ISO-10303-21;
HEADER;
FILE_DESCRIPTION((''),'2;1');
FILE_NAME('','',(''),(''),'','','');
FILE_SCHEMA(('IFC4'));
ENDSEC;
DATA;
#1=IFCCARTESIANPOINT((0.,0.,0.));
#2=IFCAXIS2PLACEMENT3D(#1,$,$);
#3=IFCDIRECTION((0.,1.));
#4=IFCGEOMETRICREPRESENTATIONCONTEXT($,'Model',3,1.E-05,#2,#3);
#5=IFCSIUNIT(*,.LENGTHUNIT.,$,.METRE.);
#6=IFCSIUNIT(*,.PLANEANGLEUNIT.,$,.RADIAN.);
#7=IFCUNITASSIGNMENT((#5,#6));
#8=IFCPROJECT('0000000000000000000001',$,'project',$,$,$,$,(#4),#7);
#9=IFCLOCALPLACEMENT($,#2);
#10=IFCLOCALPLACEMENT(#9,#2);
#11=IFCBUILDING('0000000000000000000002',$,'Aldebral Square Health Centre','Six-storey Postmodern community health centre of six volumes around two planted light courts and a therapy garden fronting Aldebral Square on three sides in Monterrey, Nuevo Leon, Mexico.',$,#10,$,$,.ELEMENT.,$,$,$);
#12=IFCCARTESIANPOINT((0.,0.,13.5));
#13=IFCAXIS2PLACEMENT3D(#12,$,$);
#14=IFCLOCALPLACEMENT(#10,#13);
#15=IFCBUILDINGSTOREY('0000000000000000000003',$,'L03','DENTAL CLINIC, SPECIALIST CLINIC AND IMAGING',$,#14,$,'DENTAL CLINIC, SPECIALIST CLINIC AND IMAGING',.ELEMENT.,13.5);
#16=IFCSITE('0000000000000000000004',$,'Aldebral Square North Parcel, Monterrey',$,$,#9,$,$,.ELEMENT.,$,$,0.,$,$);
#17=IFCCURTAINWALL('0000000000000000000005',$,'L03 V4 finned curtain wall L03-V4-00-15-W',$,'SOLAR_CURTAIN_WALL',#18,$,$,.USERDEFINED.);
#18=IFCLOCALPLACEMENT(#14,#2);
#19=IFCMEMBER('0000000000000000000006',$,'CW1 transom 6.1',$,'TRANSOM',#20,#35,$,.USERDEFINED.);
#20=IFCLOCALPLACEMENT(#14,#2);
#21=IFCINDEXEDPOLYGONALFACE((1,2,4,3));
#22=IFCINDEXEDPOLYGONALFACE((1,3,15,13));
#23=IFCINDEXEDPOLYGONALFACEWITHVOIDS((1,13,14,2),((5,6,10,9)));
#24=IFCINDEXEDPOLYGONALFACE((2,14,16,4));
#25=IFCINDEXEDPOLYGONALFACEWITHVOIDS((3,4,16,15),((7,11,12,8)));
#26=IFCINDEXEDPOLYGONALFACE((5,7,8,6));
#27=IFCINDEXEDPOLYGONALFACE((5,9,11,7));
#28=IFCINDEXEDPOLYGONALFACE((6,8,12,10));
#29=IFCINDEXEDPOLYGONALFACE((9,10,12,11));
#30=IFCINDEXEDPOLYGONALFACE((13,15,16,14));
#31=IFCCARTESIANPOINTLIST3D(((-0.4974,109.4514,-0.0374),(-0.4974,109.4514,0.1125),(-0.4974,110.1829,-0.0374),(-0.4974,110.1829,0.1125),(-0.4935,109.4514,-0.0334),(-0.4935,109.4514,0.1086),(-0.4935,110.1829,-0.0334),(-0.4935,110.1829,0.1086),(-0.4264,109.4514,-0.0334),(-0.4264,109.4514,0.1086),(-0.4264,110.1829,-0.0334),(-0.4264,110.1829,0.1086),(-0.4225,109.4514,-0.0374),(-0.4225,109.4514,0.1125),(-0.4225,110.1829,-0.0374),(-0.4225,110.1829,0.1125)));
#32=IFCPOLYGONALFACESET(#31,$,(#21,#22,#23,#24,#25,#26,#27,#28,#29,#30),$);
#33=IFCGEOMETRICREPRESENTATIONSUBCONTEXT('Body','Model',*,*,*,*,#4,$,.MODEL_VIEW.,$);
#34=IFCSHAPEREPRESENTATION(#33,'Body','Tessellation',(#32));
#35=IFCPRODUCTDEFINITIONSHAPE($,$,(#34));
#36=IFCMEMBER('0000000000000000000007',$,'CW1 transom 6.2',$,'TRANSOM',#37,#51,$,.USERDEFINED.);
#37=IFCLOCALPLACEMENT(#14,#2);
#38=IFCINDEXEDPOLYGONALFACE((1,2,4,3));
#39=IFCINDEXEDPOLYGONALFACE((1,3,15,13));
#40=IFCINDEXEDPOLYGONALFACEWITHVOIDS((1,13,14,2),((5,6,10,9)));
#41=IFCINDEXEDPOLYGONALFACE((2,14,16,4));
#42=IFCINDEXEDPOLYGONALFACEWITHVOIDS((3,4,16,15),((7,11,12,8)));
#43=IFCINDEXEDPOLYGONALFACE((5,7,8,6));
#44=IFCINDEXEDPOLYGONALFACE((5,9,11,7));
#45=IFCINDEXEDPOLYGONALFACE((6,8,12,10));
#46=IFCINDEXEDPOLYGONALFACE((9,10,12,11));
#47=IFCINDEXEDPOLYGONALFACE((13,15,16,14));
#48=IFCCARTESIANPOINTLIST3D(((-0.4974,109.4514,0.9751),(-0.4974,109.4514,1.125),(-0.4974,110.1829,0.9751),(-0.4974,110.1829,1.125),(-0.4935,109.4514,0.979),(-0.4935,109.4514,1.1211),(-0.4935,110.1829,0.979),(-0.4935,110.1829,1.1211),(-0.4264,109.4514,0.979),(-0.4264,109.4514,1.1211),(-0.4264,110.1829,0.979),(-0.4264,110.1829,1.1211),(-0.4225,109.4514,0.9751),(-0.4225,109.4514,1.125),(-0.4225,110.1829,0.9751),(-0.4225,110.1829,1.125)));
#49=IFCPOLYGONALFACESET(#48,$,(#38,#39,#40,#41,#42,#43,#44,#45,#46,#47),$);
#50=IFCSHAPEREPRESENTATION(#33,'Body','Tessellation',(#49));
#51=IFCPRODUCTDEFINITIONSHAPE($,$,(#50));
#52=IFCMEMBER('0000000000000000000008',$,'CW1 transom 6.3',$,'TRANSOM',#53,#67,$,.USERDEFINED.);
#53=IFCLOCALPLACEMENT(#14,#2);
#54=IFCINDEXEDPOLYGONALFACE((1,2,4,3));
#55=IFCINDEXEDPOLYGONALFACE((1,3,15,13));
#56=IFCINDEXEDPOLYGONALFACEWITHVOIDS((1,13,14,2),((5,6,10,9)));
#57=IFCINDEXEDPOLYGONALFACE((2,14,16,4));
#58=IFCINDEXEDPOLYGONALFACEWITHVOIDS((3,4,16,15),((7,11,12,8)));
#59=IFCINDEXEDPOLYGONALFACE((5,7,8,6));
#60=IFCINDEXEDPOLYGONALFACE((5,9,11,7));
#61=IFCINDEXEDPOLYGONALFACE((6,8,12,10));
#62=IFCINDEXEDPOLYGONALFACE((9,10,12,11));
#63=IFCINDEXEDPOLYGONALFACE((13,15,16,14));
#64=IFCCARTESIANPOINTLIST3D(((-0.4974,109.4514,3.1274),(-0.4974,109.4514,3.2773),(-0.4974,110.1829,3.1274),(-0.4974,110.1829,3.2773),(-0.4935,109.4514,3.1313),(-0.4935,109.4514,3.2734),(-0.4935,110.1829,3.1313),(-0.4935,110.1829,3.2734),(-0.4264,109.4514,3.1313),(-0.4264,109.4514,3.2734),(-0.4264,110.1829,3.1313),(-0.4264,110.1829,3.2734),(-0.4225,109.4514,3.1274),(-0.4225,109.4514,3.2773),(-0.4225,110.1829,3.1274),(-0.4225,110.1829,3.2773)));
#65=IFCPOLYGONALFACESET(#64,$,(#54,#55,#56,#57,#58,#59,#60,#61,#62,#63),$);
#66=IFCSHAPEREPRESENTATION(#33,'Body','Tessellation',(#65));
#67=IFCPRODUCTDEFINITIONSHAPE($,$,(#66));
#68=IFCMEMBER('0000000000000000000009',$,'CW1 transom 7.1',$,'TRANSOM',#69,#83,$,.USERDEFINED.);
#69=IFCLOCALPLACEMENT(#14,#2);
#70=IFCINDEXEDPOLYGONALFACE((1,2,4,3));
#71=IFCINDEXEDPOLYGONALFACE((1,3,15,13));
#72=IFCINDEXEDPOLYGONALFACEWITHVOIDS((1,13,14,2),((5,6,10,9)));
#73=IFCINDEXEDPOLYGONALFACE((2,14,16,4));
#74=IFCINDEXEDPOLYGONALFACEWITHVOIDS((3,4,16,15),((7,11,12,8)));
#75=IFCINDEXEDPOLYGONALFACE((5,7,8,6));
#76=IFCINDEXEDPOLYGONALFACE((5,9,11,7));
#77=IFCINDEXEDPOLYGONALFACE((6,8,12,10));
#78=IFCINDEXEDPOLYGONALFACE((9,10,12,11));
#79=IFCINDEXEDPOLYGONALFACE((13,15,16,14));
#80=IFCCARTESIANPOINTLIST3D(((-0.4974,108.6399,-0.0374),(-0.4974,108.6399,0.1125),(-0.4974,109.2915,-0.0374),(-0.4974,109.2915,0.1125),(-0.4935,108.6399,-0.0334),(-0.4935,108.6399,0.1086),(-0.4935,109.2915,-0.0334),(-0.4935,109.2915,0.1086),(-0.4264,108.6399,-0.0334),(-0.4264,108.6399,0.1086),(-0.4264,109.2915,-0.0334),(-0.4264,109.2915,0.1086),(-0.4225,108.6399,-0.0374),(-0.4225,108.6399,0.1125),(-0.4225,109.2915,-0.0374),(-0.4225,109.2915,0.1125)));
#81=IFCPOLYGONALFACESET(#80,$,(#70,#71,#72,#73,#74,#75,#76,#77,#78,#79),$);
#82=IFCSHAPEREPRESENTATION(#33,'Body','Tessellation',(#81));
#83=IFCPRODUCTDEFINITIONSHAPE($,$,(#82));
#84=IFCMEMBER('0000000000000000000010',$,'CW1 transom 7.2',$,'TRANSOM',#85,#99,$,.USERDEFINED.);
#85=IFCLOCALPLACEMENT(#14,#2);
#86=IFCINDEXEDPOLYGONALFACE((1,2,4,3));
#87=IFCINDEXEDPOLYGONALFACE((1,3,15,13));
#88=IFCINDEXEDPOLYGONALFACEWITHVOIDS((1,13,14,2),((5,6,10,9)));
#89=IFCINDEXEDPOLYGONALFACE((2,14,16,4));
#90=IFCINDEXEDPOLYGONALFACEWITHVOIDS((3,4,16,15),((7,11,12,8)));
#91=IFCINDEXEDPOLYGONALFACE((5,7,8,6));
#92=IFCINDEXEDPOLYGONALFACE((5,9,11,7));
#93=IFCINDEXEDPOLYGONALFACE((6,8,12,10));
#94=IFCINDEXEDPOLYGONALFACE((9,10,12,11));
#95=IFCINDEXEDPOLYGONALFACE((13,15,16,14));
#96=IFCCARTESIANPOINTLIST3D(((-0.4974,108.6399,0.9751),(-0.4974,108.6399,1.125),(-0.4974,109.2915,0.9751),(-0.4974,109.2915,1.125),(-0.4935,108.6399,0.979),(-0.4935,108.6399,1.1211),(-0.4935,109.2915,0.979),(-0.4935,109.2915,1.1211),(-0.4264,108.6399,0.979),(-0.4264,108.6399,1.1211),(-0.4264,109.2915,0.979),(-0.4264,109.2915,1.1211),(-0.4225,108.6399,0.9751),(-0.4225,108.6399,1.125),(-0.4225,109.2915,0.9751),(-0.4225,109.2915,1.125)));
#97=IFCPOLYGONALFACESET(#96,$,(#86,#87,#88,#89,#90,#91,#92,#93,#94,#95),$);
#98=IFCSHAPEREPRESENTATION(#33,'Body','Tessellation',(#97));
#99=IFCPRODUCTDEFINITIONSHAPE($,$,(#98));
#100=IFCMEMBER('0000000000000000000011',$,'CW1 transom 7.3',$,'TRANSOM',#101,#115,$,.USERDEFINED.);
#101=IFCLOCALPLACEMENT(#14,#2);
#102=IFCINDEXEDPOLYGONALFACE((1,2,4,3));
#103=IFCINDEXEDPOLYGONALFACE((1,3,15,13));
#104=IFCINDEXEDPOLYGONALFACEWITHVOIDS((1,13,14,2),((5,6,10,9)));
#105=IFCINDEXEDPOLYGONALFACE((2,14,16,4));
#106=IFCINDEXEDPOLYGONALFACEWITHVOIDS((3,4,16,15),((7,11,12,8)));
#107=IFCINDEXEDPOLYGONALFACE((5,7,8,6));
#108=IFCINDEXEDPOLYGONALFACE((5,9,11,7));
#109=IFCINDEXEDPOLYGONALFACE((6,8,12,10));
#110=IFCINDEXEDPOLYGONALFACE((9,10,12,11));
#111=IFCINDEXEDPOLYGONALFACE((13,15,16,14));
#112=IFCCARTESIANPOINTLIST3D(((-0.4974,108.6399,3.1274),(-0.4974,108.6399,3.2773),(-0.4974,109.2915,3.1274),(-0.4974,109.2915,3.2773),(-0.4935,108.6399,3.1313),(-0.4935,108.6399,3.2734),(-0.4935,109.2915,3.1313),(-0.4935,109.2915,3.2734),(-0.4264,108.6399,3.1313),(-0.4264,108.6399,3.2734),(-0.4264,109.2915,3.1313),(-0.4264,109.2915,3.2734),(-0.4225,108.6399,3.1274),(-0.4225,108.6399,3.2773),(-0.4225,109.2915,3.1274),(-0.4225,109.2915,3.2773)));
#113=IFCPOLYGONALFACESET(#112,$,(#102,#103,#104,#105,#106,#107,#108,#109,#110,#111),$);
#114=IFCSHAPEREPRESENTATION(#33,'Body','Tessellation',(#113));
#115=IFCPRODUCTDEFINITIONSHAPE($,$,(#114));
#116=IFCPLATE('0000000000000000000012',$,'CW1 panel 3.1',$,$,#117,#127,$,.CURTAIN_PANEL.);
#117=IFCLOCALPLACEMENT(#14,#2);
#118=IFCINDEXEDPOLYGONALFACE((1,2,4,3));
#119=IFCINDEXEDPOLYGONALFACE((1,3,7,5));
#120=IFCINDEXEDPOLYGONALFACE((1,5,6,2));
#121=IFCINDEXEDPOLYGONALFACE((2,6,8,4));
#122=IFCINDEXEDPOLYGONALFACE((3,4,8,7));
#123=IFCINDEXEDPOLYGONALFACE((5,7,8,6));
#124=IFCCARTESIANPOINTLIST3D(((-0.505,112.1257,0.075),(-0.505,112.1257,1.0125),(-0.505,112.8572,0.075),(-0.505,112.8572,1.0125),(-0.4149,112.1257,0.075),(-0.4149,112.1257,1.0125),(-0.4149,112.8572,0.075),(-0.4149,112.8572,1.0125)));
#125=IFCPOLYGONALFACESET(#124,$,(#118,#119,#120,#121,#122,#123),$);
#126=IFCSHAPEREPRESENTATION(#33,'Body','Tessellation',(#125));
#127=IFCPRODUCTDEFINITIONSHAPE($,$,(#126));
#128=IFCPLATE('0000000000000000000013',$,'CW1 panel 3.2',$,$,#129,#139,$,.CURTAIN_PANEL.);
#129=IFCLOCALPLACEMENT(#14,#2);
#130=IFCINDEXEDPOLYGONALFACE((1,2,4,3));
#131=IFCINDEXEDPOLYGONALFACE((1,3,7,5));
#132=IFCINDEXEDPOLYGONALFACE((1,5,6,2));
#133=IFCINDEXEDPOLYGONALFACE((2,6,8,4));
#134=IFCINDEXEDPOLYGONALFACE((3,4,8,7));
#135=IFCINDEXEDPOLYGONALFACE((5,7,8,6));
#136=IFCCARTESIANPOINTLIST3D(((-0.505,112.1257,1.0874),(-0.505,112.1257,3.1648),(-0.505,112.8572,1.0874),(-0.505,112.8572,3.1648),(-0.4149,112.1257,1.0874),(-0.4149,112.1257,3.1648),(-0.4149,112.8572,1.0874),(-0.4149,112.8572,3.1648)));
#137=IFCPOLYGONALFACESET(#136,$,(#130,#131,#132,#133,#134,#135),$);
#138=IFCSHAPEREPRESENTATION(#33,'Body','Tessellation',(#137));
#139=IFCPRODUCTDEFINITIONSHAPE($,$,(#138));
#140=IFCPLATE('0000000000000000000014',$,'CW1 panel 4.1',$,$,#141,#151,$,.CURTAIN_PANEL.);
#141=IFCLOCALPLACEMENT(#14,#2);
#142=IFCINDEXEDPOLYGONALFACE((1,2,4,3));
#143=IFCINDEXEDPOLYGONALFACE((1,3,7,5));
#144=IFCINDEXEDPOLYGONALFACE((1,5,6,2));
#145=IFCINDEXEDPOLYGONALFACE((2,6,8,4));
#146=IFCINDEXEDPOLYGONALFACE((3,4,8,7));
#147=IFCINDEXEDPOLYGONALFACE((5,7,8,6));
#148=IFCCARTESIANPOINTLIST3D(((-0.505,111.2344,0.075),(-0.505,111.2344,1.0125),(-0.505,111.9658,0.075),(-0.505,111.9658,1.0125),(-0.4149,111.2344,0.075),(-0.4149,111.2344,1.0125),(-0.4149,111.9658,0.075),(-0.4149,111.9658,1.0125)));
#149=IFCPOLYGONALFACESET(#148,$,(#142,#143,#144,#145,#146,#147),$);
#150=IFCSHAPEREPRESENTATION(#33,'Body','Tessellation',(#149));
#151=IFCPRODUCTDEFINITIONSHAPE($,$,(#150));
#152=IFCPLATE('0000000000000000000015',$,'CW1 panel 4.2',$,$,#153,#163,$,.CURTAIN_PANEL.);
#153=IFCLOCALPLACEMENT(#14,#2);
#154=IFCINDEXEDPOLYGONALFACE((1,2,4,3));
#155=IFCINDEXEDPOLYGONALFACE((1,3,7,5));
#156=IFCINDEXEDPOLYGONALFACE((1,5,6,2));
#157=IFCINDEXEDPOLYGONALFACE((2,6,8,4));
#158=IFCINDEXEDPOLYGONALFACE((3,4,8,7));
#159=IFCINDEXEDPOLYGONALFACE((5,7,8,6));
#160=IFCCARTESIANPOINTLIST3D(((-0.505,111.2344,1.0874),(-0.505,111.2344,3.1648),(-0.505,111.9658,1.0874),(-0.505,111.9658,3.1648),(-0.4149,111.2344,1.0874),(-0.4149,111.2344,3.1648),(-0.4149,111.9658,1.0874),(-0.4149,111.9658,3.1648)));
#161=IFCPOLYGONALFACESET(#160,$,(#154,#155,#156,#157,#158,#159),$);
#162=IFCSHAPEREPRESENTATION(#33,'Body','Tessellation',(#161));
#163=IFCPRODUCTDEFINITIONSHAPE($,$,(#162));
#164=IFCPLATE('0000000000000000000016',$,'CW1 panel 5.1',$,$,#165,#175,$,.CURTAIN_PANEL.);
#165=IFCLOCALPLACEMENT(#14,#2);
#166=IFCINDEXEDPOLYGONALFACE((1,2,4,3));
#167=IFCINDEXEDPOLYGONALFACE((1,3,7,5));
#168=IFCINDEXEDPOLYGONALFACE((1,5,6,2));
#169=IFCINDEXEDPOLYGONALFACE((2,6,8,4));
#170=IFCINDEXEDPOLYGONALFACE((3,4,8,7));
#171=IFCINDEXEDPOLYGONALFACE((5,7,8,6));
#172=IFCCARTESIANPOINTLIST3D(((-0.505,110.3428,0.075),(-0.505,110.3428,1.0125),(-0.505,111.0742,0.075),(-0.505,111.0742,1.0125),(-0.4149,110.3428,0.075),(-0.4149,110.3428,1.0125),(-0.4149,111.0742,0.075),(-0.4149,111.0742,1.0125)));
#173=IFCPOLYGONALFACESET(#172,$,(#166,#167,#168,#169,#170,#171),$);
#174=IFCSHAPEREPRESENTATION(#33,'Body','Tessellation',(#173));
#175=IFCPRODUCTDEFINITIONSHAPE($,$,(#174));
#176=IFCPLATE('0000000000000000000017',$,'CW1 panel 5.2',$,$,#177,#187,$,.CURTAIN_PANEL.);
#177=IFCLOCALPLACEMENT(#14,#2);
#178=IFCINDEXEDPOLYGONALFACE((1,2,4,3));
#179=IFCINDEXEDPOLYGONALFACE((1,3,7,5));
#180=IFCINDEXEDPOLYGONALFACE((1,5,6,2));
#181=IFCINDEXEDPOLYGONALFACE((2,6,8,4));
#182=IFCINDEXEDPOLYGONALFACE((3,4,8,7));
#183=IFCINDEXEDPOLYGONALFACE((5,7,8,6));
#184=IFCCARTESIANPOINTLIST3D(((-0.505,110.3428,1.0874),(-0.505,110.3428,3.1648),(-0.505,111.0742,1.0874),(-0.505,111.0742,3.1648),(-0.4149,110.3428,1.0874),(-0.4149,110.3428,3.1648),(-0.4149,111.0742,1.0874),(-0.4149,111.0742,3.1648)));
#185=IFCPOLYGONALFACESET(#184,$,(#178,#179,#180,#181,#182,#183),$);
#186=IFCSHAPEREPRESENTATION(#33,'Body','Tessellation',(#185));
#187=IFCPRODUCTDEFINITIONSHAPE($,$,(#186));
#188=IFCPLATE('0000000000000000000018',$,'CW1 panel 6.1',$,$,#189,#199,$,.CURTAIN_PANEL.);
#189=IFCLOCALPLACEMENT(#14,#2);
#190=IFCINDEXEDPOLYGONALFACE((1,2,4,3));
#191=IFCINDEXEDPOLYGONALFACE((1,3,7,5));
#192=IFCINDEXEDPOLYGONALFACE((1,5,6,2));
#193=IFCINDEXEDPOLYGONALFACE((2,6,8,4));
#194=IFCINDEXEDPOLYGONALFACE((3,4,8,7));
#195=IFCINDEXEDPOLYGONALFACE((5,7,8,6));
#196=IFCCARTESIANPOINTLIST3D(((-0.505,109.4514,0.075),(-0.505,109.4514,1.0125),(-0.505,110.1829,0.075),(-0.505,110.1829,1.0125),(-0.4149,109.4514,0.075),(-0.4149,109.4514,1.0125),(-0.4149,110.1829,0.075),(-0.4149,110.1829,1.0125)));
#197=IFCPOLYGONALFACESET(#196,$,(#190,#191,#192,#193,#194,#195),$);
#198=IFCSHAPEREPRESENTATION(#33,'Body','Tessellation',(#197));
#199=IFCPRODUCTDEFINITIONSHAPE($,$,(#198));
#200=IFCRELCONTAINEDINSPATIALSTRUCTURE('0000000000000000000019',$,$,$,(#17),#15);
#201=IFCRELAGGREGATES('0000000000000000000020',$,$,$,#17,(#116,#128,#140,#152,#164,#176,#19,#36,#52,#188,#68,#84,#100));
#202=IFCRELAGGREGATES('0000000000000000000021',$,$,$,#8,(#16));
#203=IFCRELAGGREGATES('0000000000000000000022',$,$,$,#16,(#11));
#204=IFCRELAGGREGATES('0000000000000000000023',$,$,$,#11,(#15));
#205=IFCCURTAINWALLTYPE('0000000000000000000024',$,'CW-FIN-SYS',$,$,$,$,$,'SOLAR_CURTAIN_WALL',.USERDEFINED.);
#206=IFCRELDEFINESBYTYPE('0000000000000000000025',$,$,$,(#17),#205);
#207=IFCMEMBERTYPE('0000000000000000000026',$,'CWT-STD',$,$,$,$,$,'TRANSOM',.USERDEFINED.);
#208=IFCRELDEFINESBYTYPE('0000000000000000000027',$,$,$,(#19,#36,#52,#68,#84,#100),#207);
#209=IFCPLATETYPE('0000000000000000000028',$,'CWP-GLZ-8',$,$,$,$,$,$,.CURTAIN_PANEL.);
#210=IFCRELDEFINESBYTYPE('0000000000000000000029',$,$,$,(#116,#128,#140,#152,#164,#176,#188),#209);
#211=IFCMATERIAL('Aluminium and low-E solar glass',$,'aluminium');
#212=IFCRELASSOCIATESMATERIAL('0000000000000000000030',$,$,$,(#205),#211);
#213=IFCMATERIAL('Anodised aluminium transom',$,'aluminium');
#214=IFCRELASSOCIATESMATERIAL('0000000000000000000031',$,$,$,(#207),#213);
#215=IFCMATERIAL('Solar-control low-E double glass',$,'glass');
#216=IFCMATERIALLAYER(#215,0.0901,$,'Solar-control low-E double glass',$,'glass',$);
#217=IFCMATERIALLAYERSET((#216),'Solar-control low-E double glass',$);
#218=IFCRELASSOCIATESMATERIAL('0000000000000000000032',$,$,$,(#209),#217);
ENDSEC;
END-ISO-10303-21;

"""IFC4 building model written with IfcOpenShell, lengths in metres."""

from ifc_helpers import new_model, si_unit, direction, frame, origin, origin_2d, place, context, subcontext, project, spatial, rectangle, hollow_rectangle, extrude, material, layer, layer_set, material_profile, profile_set, type_object, element, aggregate, save


model = new_model("IFC4")

# Units and contexts
model_context = context("Model", 3, precision=1e-05, world=origin(), true_north=direction((0.0, 1.0)))
body_context = subcontext(model_context, "Body", "Model", "MODEL_VIEW")
ifc_project = project(units=[si_unit("LENGTHUNIT", "METRE"), si_unit("PLANEANGLEUNIT", "RADIAN")], contexts=[model_context])

# Site, building, storey
site_placement = place(None, origin())
site = spatial("IfcSite", under=ifc_project, at=site_placement, Name="Aldebral Square North Parcel, Monterrey", CompositionType="ELEMENT", RefElevation=0.0)
building_placement = place(site_placement, origin())
building = spatial("IfcBuilding", under=site, at=building_placement, Name="Aldebral Square Health Centre", Description="Six-storey Postmodern community health centre of six volumes around two planted light courts and a therapy garden fronting Aldebral Square on three sides in Monterrey, Nuevo Leon, Mexico.", CompositionType="ELEMENT")
storey_placement = place(building_placement, frame((0.0, 0.0, 13.5)))
storey = spatial("IfcBuildingStorey", under=building, at=storey_placement, Name="L03", Description="DENTAL CLINIC, SPECIALIST CLINIC AND IMAGING", LongName="DENTAL CLINIC, SPECIALIST CLINIC AND IMAGING", CompositionType="ELEMENT", Elevation=13.5)

# Curtain wall, members, plates
ifc_material_1 = material(Name="Aluminium and low-E solar glass", Category="aluminium")
curtain_wall_type = type_object("IfcCurtainWallType", Name="CW-FIN-SYS", ElementType="SOLAR_CURTAIN_WALL", PredefinedType="USERDEFINED", material=ifc_material_1)
curtain_wall_placement = place(storey_placement, origin())
curtain_wall = element("IfcCurtainWall", 1, at=curtain_wall_placement, inside=storey, type_object=curtain_wall_type, Name="L03 V4 finned curtain wall L03-V4-00-15-W", ObjectType="SOLAR_CURTAIN_WALL", PredefinedType="USERDEFINED")
ifc_material_2 = material(Name="Anodised aluminium transom", Category="aluminium")
ifc_material_profile_1 = material_profile(ifc_material_2, hollow_rectangle(XDim=0.075, YDim=0.1499, WallThickness=0.0039, at=origin_2d()), Name="CWT 75x150x4")
ifc_profile_set_1 = profile_set([ifc_material_profile_1], Name="Anodised aluminium transom")
member_type_1 = type_object("IfcMemberType", Name="CWT-STD", ElementType="TRANSOM", PredefinedType="USERDEFINED", material=ifc_profile_set_1)
member_1_placement = place(storey_placement, frame((-0.46, 110.1829, 0.0376), z_axis=(0.0, -1.0, 0.0), x_axis=(1.0, 0.0, 0.0)))
member_1 = element("IfcMember", 2, at=member_1_placement, type_object=member_type_1, Name="CW1 transom 6.1", ObjectType="TRANSOM", PredefinedType="USERDEFINED", context=body_context, shape_type="SweptSolid", body=[
    extrude(hollow_rectangle(XDim=0.075, YDim=0.1499, WallThickness=0.0039, at=origin_2d()), origin(), (0.0, 0.0, 1.0), 0.7314),
])
member_2_placement = place(storey_placement, frame((-0.46, 110.1829, 1.05), z_axis=(0.0, -1.0, 0.0), x_axis=(1.0, 0.0, 0.0)))
member_2 = element("IfcMember", 3, at=member_2_placement, type_object=member_type_1, Name="CW1 transom 6.2", ObjectType="TRANSOM", PredefinedType="USERDEFINED", context=body_context, shape_type="SweptSolid", body=[
    extrude(hollow_rectangle(XDim=0.075, YDim=0.1499, WallThickness=0.0039, at=origin_2d()), origin(), (0.0, 0.0, 1.0), 0.7314),
])
member_3_placement = place(storey_placement, frame((-0.46, 110.1829, 3.2024), z_axis=(0.0, -1.0, 0.0), x_axis=(1.0, 0.0, 0.0)))
member_3 = element("IfcMember", 4, at=member_3_placement, type_object=member_type_1, Name="CW1 transom 6.3", ObjectType="TRANSOM", PredefinedType="USERDEFINED", context=body_context, shape_type="SweptSolid", body=[
    extrude(hollow_rectangle(XDim=0.075, YDim=0.1499, WallThickness=0.0039, at=origin_2d()), origin(), (0.0, 0.0, 1.0), 0.7314),
])
member_4_placement = place(storey_placement, frame((-0.46, 109.2915, 0.0376), z_axis=(0.0, -1.0, 0.0), x_axis=(1.0, 0.0, 0.0)))
member_4 = element("IfcMember", 5, at=member_4_placement, type_object=member_type_1, Name="CW1 transom 7.1", ObjectType="TRANSOM", PredefinedType="USERDEFINED", context=body_context, shape_type="SweptSolid", body=[
    extrude(hollow_rectangle(XDim=0.075, YDim=0.1499, WallThickness=0.0039, at=origin_2d()), origin(), (0.0, 0.0, 1.0), 0.6516),
])
member_5_placement = place(storey_placement, frame((-0.46, 109.2915, 1.05), z_axis=(0.0, -1.0, 0.0), x_axis=(1.0, 0.0, 0.0)))
member_5 = element("IfcMember", 6, at=member_5_placement, type_object=member_type_1, Name="CW1 transom 7.2", ObjectType="TRANSOM", PredefinedType="USERDEFINED", context=body_context, shape_type="SweptSolid", body=[
    extrude(hollow_rectangle(XDim=0.075, YDim=0.1499, WallThickness=0.0039, at=origin_2d()), origin(), (0.0, 0.0, 1.0), 0.6516),
])
member_6_placement = place(storey_placement, frame((-0.46, 109.2915, 3.2024), z_axis=(0.0, -1.0, 0.0), x_axis=(1.0, 0.0, 0.0)))
member_6 = element("IfcMember", 7, at=member_6_placement, type_object=member_type_1, Name="CW1 transom 7.3", ObjectType="TRANSOM", PredefinedType="USERDEFINED", context=body_context, shape_type="SweptSolid", body=[
    extrude(hollow_rectangle(XDim=0.075, YDim=0.1499, WallThickness=0.0039, at=origin_2d()), origin(), (0.0, 0.0, 1.0), 0.6516),
])
ifc_material_3 = material(Name="Solar-control low-E double glass", Category="glass")
ifc_layer = layer(ifc_material_3, 0.0901, Name="Solar-control low-E double glass", Category="glass")
ifc_layer_set = layer_set([ifc_layer], Name="Solar-control low-E double glass")
plate_type = type_object("IfcPlateType", Name="CWP-GLZ-8", PredefinedType="CURTAIN_PANEL", material=ifc_layer_set)
plate_1_placement = place(storey_placement, frame((-0.46, 112.4915, 0.075), z_axis=(0.0, 0.0, 1.0), x_axis=(0.0, -1.0, 0.0)))
plate_1 = element("IfcPlate", 8, at=plate_1_placement, type_object=plate_type, Name="CW1 panel 3.1", PredefinedType="CURTAIN_PANEL", context=body_context, shape_type="SweptSolid", body=[
    extrude(rectangle(XDim=0.7314, YDim=0.0901, at=origin_2d()), origin(), (0.0, 0.0, 1.0), 0.9375),
])
plate_2_placement = place(storey_placement, frame((-0.46, 112.4915, 1.0874), z_axis=(0.0, 0.0, 1.0), x_axis=(0.0, -1.0, 0.0)))
plate_2 = element("IfcPlate", 9, at=plate_2_placement, type_object=plate_type, Name="CW1 panel 3.2", PredefinedType="CURTAIN_PANEL", context=body_context, shape_type="SweptSolid", body=[
    extrude(rectangle(XDim=0.7314, YDim=0.0901, at=origin_2d()), origin(), (0.0, 0.0, 1.0), 2.0774),
])
plate_3_placement = place(storey_placement, frame((-0.46, 111.6001, 0.075), z_axis=(0.0, 0.0, 1.0), x_axis=(0.0, -1.0, 0.0)))
plate_3 = element("IfcPlate", 10, at=plate_3_placement, type_object=plate_type, Name="CW1 panel 4.1", PredefinedType="CURTAIN_PANEL", context=body_context, shape_type="SweptSolid", body=[
    extrude(rectangle(XDim=0.7314, YDim=0.0901, at=origin_2d()), origin(), (0.0, 0.0, 1.0), 0.9375),
])
plate_4_placement = place(storey_placement, frame((-0.46, 111.6001, 1.0874), z_axis=(0.0, 0.0, 1.0), x_axis=(0.0, -1.0, 0.0)))
plate_4 = element("IfcPlate", 11, at=plate_4_placement, type_object=plate_type, Name="CW1 panel 4.2", PredefinedType="CURTAIN_PANEL", context=body_context, shape_type="SweptSolid", body=[
    extrude(rectangle(XDim=0.7314, YDim=0.0901, at=origin_2d()), origin(), (0.0, 0.0, 1.0), 2.0774),
])
plate_5_placement = place(storey_placement, frame((-0.46, 110.7085, 0.075), z_axis=(0.0, 0.0, 1.0), x_axis=(0.0, -1.0, 0.0)))
plate_5 = element("IfcPlate", 12, at=plate_5_placement, type_object=plate_type, Name="CW1 panel 5.1", PredefinedType="CURTAIN_PANEL", context=body_context, shape_type="SweptSolid", body=[
    extrude(rectangle(XDim=0.7314, YDim=0.0901, at=origin_2d()), origin(), (0.0, 0.0, 1.0), 0.9375),
])
plate_6_placement = place(storey_placement, frame((-0.46, 110.7085, 1.0874), z_axis=(0.0, 0.0, 1.0), x_axis=(0.0, -1.0, 0.0)))
plate_6 = element("IfcPlate", 13, at=plate_6_placement, type_object=plate_type, Name="CW1 panel 5.2", PredefinedType="CURTAIN_PANEL", context=body_context, shape_type="SweptSolid", body=[
    extrude(rectangle(XDim=0.7314, YDim=0.0901, at=origin_2d()), origin(), (0.0, 0.0, 1.0), 2.0774),
])
plate_7_placement = place(storey_placement, frame((-0.46, 109.8171, 0.075), z_axis=(0.0, 0.0, 1.0), x_axis=(0.0, -1.0, 0.0)))
plate_7 = element("IfcPlate", 14, at=plate_7_placement, type_object=plate_type, Name="CW1 panel 6.1", PredefinedType="CURTAIN_PANEL", context=body_context, shape_type="SweptSolid", body=[
    extrude(rectangle(XDim=0.7314, YDim=0.0901, at=origin_2d()), origin(), (0.0, 0.0, 1.0), 0.9375),
])
aggregate(curtain_wall, [plate_1, plate_2, plate_3, plate_4, plate_5, plate_6, member_1, member_2, member_3, plate_7, member_4, member_5, member_6])

save(model, "model.ifc")
